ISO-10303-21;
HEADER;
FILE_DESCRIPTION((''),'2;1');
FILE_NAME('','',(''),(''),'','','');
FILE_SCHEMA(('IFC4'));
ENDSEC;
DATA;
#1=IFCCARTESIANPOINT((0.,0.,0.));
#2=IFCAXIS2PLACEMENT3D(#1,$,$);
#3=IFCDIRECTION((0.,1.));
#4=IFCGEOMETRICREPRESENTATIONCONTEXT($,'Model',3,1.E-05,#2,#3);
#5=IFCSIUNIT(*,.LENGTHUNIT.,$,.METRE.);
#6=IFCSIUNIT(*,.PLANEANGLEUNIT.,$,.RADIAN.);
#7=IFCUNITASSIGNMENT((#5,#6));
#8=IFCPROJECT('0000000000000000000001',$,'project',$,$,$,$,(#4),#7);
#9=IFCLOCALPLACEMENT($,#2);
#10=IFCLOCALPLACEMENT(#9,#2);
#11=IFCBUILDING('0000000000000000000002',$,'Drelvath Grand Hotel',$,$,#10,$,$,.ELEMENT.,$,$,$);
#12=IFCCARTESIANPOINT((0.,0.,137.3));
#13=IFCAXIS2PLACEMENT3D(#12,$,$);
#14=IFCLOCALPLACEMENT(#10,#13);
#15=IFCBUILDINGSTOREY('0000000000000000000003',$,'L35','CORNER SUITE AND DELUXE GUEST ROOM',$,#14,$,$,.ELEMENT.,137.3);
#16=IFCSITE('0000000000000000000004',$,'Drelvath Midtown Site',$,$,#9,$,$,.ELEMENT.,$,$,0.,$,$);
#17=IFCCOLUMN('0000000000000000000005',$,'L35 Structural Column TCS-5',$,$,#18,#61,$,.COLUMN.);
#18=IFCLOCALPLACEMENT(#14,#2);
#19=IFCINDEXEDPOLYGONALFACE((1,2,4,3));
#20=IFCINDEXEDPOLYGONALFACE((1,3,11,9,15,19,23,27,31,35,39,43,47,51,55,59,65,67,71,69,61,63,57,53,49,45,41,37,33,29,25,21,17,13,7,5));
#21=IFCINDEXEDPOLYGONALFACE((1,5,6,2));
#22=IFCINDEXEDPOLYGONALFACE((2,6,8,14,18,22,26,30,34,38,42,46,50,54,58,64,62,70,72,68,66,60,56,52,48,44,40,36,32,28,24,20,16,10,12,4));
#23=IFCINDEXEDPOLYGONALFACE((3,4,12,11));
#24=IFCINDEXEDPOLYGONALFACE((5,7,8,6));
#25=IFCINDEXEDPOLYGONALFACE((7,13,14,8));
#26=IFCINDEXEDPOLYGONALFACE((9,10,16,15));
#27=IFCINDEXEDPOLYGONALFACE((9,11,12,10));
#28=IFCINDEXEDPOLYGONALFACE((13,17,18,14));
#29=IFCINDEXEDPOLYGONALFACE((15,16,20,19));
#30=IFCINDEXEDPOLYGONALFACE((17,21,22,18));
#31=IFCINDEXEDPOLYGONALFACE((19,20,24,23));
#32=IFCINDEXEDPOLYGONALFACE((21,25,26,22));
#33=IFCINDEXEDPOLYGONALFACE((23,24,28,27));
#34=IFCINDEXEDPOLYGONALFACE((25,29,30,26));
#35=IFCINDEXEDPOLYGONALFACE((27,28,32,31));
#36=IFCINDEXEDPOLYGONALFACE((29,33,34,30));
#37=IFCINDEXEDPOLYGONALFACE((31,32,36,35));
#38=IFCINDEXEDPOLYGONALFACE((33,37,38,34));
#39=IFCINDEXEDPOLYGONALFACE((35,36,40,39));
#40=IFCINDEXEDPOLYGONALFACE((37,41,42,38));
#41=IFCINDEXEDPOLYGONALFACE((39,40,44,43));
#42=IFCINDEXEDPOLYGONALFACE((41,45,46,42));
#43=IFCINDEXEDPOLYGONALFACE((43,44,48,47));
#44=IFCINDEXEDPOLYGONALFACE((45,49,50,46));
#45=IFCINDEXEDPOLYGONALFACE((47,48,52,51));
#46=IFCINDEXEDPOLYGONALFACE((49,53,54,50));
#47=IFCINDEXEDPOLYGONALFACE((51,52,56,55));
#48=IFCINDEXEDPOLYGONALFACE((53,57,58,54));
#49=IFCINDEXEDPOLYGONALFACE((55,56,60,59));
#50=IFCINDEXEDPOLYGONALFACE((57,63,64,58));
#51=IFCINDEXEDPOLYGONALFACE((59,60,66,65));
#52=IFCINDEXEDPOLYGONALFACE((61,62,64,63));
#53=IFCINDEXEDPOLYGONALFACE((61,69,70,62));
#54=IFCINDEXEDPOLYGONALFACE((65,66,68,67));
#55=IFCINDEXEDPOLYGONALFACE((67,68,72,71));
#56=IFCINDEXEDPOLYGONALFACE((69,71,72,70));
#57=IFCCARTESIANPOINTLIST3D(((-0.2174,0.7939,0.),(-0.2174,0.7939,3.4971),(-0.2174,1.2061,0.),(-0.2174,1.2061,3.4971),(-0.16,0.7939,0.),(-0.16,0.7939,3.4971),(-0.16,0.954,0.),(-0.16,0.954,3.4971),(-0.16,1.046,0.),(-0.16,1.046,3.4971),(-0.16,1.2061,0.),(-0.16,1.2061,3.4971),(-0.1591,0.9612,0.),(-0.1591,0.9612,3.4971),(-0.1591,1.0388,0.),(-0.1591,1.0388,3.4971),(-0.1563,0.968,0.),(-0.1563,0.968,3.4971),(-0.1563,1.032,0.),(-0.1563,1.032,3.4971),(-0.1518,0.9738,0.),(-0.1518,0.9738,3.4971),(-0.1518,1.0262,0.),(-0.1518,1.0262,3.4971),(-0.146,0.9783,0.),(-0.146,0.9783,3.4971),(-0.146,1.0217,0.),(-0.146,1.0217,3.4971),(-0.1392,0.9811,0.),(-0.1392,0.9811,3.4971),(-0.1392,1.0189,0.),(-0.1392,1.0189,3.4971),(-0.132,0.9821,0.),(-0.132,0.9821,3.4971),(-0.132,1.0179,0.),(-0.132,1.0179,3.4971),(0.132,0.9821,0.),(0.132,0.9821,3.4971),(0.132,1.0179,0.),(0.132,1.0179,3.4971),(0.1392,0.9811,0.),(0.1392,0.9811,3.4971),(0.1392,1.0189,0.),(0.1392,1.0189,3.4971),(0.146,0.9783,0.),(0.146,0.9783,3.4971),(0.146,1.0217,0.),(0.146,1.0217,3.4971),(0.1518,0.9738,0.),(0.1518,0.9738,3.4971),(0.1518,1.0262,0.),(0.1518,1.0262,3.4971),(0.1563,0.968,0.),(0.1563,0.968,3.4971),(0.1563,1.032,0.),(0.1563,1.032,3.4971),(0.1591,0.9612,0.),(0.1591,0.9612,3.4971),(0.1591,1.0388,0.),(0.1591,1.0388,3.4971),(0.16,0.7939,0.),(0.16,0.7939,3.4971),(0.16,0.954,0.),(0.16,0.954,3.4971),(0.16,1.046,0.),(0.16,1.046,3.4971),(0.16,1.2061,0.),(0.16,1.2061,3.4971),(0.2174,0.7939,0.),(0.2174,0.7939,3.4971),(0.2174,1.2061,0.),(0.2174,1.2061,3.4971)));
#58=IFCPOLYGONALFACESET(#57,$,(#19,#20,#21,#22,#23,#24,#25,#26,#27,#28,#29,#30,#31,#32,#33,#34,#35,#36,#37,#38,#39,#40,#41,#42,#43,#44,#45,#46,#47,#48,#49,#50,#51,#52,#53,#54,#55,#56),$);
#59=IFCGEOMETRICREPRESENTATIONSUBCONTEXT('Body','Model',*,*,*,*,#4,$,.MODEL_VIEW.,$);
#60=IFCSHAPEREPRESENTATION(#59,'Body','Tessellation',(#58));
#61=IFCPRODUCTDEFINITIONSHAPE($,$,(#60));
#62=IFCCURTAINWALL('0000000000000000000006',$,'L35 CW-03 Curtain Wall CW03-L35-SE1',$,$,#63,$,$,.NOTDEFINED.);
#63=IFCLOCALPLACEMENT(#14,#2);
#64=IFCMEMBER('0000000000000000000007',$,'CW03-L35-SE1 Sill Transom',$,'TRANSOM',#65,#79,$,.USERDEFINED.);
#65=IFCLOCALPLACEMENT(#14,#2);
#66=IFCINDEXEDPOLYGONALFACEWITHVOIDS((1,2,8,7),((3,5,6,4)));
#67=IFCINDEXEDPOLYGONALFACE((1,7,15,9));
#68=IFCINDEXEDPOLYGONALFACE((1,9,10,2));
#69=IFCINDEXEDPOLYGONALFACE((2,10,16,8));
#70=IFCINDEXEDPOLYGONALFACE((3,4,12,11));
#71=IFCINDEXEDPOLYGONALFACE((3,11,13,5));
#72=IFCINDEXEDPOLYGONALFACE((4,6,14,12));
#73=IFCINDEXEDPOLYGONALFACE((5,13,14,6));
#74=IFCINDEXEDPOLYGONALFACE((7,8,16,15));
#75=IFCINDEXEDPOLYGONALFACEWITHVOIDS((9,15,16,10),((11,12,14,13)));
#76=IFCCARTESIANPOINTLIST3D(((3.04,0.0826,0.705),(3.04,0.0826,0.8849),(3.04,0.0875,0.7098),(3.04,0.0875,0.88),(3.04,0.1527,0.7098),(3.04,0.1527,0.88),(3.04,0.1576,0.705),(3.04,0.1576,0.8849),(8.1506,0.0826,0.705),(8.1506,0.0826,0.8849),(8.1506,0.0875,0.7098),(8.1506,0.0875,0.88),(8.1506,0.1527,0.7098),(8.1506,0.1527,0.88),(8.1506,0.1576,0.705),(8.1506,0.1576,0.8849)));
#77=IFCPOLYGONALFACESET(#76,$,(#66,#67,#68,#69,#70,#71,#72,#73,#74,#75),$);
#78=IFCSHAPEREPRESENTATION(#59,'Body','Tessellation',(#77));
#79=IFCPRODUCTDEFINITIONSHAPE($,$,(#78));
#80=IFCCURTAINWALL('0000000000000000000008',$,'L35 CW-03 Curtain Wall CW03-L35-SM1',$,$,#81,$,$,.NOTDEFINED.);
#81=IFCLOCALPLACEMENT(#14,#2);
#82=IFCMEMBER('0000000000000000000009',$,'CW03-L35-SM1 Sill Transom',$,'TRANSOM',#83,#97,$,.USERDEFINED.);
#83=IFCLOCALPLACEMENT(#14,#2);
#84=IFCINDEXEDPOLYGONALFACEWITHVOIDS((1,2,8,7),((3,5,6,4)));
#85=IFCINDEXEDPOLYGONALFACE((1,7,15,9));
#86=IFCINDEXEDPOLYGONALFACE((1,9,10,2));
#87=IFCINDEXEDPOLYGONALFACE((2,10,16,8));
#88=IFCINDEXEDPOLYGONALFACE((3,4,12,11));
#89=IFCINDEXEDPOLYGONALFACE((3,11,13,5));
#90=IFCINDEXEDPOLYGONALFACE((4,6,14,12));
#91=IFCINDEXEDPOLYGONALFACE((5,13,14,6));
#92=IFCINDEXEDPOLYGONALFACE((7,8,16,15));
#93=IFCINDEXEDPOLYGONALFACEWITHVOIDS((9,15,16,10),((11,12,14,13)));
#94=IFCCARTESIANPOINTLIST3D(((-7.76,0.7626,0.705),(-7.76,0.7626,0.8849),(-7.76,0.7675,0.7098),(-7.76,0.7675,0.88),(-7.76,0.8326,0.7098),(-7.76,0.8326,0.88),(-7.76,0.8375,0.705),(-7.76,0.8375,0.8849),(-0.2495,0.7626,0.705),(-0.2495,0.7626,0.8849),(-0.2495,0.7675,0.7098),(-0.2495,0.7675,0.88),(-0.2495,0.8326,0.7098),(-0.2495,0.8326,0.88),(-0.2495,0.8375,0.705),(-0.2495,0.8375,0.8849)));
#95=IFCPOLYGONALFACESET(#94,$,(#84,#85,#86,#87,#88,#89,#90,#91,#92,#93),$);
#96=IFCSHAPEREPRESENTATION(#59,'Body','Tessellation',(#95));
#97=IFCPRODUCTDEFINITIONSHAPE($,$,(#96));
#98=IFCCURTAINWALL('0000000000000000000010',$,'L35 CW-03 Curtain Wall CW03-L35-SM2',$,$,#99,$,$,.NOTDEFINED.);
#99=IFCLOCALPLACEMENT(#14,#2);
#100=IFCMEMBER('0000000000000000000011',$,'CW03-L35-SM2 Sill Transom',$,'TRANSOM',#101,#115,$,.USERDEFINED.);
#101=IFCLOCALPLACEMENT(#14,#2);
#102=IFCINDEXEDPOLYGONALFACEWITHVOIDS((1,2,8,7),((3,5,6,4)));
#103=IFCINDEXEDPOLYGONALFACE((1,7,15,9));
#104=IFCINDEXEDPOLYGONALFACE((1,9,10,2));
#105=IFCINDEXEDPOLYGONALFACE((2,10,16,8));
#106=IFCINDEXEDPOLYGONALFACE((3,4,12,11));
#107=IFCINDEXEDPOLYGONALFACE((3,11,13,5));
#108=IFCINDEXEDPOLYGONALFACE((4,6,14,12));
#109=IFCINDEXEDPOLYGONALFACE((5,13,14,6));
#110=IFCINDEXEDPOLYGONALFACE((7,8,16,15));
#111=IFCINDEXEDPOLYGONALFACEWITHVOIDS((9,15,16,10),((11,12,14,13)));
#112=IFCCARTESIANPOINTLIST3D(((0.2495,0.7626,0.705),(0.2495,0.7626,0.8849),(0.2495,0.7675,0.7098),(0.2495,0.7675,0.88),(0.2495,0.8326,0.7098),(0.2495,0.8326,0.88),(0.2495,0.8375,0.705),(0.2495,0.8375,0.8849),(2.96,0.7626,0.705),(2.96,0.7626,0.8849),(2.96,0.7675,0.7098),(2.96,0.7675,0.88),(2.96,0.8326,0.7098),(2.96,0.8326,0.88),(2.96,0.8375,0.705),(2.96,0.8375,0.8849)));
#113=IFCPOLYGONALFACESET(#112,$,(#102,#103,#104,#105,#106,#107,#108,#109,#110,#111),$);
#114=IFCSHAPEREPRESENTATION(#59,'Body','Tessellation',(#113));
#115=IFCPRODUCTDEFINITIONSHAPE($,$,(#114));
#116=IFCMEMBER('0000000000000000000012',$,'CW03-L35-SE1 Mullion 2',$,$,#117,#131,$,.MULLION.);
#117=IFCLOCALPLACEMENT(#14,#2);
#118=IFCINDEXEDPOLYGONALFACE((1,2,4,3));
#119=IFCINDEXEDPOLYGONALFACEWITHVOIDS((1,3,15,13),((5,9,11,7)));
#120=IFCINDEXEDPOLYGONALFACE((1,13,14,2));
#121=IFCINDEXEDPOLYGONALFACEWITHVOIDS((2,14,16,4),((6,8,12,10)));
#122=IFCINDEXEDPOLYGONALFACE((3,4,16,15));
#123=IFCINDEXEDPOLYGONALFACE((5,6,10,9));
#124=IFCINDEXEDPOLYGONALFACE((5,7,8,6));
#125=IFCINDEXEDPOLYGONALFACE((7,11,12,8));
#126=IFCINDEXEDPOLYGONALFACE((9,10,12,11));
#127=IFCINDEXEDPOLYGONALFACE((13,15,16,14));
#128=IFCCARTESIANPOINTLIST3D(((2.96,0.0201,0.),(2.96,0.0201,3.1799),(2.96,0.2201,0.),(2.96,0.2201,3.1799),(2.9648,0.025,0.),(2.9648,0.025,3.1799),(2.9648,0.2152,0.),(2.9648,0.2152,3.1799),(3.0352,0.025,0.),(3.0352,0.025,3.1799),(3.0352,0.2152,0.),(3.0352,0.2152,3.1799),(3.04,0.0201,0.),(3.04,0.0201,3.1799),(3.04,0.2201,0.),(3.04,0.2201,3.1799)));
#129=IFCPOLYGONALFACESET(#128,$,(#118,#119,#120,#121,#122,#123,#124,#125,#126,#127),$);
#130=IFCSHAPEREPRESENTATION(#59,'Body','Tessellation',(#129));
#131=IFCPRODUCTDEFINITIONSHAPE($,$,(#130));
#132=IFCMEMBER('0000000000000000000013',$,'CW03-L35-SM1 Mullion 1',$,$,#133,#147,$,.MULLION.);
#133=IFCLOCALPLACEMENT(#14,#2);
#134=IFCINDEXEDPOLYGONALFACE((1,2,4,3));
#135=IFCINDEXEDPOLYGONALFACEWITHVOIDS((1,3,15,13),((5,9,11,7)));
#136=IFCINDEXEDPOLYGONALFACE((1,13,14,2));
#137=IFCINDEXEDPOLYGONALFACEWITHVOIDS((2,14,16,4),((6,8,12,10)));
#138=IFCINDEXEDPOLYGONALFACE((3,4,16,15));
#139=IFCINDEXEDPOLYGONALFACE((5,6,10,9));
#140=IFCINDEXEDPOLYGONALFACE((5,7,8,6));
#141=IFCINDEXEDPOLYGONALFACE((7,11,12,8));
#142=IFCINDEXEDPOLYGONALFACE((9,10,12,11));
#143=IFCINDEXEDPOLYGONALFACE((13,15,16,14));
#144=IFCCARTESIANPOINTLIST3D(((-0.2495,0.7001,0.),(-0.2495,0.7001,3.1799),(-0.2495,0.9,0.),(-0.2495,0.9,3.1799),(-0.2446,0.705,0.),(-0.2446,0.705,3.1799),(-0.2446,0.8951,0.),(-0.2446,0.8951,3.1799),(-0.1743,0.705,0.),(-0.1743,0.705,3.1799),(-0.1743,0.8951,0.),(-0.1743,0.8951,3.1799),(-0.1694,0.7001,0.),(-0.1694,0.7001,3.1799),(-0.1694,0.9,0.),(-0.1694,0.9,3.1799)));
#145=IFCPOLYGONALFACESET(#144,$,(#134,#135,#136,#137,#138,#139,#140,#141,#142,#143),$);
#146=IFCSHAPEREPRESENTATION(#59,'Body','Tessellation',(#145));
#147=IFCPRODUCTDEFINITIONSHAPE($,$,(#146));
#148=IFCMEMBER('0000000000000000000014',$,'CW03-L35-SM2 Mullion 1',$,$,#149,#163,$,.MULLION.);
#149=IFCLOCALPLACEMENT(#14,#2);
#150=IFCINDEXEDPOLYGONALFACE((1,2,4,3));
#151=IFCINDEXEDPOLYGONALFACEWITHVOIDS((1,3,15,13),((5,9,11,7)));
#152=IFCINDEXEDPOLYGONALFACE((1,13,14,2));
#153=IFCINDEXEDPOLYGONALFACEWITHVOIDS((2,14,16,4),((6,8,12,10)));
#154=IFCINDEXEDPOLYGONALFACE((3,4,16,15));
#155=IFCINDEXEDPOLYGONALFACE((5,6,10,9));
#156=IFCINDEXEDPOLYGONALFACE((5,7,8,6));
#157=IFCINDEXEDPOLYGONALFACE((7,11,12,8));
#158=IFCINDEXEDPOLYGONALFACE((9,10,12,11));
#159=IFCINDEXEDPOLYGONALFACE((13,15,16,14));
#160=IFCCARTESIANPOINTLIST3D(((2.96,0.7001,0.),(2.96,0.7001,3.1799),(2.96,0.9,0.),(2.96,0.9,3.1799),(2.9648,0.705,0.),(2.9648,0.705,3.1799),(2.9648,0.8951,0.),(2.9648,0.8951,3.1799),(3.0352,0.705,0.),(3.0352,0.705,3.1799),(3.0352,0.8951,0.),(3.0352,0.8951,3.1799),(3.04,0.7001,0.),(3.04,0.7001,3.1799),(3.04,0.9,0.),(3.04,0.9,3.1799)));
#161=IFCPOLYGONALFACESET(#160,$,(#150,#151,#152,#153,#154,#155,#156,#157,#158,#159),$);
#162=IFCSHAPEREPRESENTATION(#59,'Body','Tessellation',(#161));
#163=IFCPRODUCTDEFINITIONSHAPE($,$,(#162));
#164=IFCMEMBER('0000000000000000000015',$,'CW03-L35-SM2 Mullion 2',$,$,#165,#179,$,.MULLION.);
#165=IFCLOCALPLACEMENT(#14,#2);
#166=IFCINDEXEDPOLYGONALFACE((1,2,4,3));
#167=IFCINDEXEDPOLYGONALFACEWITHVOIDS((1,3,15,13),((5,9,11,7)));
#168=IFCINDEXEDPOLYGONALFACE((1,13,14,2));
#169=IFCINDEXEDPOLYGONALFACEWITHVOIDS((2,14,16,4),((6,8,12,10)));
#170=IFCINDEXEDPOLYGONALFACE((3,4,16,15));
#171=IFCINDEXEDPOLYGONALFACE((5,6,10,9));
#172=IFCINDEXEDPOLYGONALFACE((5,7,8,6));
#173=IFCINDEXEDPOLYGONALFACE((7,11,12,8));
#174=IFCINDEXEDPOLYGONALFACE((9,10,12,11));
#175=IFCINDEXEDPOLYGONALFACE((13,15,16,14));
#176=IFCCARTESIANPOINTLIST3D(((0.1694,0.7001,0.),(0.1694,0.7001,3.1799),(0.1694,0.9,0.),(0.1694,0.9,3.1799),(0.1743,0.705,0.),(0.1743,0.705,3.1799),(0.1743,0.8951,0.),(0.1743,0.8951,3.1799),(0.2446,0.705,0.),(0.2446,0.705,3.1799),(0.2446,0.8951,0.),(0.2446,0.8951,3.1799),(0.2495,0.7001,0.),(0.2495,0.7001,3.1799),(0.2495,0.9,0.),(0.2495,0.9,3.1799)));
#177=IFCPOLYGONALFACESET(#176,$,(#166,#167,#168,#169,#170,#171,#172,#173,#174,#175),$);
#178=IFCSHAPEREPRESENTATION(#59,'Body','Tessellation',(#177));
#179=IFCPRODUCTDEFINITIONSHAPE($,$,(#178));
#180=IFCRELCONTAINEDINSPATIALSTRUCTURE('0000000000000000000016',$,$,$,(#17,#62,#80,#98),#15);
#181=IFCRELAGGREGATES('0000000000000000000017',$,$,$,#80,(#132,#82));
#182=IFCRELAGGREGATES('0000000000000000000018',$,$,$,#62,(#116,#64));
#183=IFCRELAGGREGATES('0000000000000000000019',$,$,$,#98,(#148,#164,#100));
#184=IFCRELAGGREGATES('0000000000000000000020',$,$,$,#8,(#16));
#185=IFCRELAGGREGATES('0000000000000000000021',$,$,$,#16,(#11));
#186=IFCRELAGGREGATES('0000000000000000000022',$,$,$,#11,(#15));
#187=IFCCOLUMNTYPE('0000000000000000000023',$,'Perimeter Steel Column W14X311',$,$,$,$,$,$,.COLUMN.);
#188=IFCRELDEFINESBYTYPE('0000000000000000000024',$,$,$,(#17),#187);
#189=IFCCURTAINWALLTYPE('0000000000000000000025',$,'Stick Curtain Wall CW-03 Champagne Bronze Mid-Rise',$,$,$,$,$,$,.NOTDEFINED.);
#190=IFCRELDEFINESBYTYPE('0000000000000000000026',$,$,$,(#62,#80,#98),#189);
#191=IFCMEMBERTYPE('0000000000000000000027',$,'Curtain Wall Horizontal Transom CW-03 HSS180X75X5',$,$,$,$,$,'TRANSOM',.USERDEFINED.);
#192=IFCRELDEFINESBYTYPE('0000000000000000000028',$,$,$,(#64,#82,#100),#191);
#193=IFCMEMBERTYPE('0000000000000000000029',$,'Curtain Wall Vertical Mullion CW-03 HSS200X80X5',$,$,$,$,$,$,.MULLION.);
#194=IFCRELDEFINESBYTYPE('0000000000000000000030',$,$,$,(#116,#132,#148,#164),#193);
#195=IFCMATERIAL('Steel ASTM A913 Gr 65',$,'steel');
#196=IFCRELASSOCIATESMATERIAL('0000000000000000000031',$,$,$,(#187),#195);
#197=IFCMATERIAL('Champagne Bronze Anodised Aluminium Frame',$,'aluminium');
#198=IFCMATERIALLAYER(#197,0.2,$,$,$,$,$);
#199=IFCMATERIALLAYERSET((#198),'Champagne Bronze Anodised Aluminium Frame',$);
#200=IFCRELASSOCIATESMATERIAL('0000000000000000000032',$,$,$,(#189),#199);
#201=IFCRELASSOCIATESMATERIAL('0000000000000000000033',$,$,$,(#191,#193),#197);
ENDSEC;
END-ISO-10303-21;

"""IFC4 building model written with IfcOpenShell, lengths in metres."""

from ifc_helpers import new_model, si_unit, direction, frame, origin, origin_2d, place, context, subcontext, project, spatial, hollow_rectangle, i_section, extrude, material, layer, layer_set, material_profile, profile_set, type_object, element, aggregate, save


model = new_model("IFC4")

# Units and contexts
model_context = context("Model", 3, precision=1e-05, world=origin(), true_north=direction((0.0, 1.0)))
body_context = subcontext(model_context, "Body", "Model", "MODEL_VIEW")
ifc_project = project(units=[si_unit("LENGTHUNIT", "METRE"), si_unit("PLANEANGLEUNIT", "RADIAN")], contexts=[model_context])

# Site, building, storey
site_placement = place(None, origin())
site = spatial("IfcSite", under=ifc_project, at=site_placement, Name="Drelvath Midtown Site", CompositionType="ELEMENT", RefElevation=0.0)
building_placement = place(site_placement, origin())
building = spatial("IfcBuilding", under=site, at=building_placement, Name="Drelvath Grand Hotel", CompositionType="ELEMENT")
storey_placement = place(building_placement, frame((0.0, 0.0, 137.3)))
storey = spatial("IfcBuildingStorey", under=building, at=storey_placement, Name="L35", Description="CORNER SUITE AND DELUXE GUEST ROOM", CompositionType="ELEMENT", Elevation=137.3)

# Column
ifc_material_1 = material(Name="Steel ASTM A913 Gr 65", Category="steel")
ifc_material_profile_1 = material_profile(ifc_material_1, i_section(OverallWidth=0.4121, OverallDepth=0.4348, WebThickness=0.0359, FlangeThickness=0.0574, FilletRadius=0.0281, at=origin_2d()), Name="W14X311")
ifc_profile_set_1 = profile_set([ifc_material_profile_1], Name="Steel ASTM A913 Gr 65")
column_type = type_object("IfcColumnType", Name="Perimeter Steel Column W14X311", PredefinedType="COLUMN", material=ifc_profile_set_1)
column_placement = place(storey_placement, frame((0.0, 1.0, 0.0), z_axis=(0.0, 0.0, 1.0), x_axis=(0.0, 1.0, 0.0)))
element("IfcColumn", 1, at=column_placement, inside=storey, type_object=column_type, Name="L35 Structural Column TCS-5", PredefinedType="COLUMN", context=body_context, shape_type="SweptSolid", body=[
    extrude(i_section(OverallWidth=0.4121, OverallDepth=0.4348, WebThickness=0.0359, FlangeThickness=0.0574, FilletRadius=0.0281, at=origin_2d()), origin(), (0.0, 0.0, 1.0), 3.4971),
])

# Curtain walls, members
ifc_material_2 = material(Name="Champagne Bronze Anodised Aluminium Frame", Category="aluminium")
ifc_layer_1 = layer(ifc_material_2, 0.2)
ifc_layer_set_1 = layer_set([ifc_layer_1], Name="Champagne Bronze Anodised Aluminium Frame")
curtain_wall_type = type_object("IfcCurtainWallType", Name="Stick Curtain Wall CW-03 Champagne Bronze Mid-Rise", PredefinedType="NOTDEFINED", material=ifc_layer_set_1)
curtain_wall_1_placement = place(storey_placement, origin())
curtain_wall_1 = element("IfcCurtainWall", 2, at=curtain_wall_1_placement, inside=storey, type_object=curtain_wall_type, Name="L35 CW-03 Curtain Wall CW03-L35-SE1", PredefinedType="NOTDEFINED")
ifc_material_profile_2 = material_profile(ifc_material_2, hollow_rectangle(XDim=0.075, YDim=0.1799, WallThickness=0.0049, at=origin_2d()), Name="HSS180X75X5")
ifc_profile_set_2 = profile_set([ifc_material_profile_2], Name="Champagne Bronze Anodised Aluminium Frame")
member_type_1 = type_object("IfcMemberType", Name="Curtain Wall Horizontal Transom CW-03 HSS180X75X5", ElementType="TRANSOM", PredefinedType="USERDEFINED", material=ifc_profile_set_2)
member_1_placement = place(storey_placement, frame((8.1506, 0.1201, 0.7949), z_axis=(-1.0, 0.0, 0.0), x_axis=(0.0, -1.0, 0.0)))
member_1 = element("IfcMember", 3, at=member_1_placement, type_object=member_type_1, Name="CW03-L35-SE1 Sill Transom", ObjectType="TRANSOM", PredefinedType="USERDEFINED", context=body_context, shape_type="SweptSolid", body=[
    extrude(hollow_rectangle(XDim=0.075, YDim=0.1799, WallThickness=0.0049, at=origin_2d()), origin(), (0.0, 0.0, 1.0), 5.1106),
])
curtain_wall_2_placement = place(storey_placement, origin())
curtain_wall_2 = element("IfcCurtainWall", 4, at=curtain_wall_2_placement, inside=storey, type_object=curtain_wall_type, Name="L35 CW-03 Curtain Wall CW03-L35-SM1", PredefinedType="NOTDEFINED")
member_2_placement = place(storey_placement, frame((-0.2495, 0.8, 0.7949), z_axis=(-1.0, 0.0, 0.0), x_axis=(0.0, -1.0, 0.0)))
member_2 = element("IfcMember", 5, at=member_2_placement, type_object=member_type_1, Name="CW03-L35-SM1 Sill Transom", ObjectType="TRANSOM", PredefinedType="USERDEFINED", context=body_context, shape_type="SweptSolid", body=[
    extrude(hollow_rectangle(XDim=0.075, YDim=0.1799, WallThickness=0.0049, at=origin_2d()), origin(), (0.0, 0.0, 1.0), 7.5105),
])
curtain_wall_3_placement = place(storey_placement, origin())
curtain_wall_3 = element("IfcCurtainWall", 6, at=curtain_wall_3_placement, inside=storey, type_object=curtain_wall_type, Name="L35 CW-03 Curtain Wall CW03-L35-SM2", PredefinedType="NOTDEFINED")
member_3_placement = place(storey_placement, frame((2.96, 0.8, 0.7949), z_axis=(-1.0, 0.0, 0.0), x_axis=(0.0, -1.0, 0.0)))
member_3 = element("IfcMember", 7, at=member_3_placement, type_object=member_type_1, Name="CW03-L35-SM2 Sill Transom", ObjectType="TRANSOM", PredefinedType="USERDEFINED", context=body_context, shape_type="SweptSolid", body=[
    extrude(hollow_rectangle(XDim=0.075, YDim=0.1799, WallThickness=0.0049, at=origin_2d()), origin(), (0.0, 0.0, 1.0), 2.7104),
])

# Members
ifc_material_profile_3 = material_profile(ifc_material_2, hollow_rectangle(XDim=0.0801, YDim=0.2, WallThickness=0.0049, at=origin_2d()), Name="HSS200X80X5")
ifc_profile_set_3 = profile_set([ifc_material_profile_3], Name="Champagne Bronze Anodised Aluminium Frame")
member_type_2 = type_object("IfcMemberType", Name="Curtain Wall Vertical Mullion CW-03 HSS200X80X5", PredefinedType="MULLION", material=ifc_profile_set_3)
member_4_placement = place(storey_placement, frame((3.0, 0.1201, 0.0), z_axis=(0.0, 0.0, 1.0), x_axis=(1.0, 0.0, 0.0)))
member_4 = element("IfcMember", 8, at=member_4_placement, type_object=member_type_2, Name="CW03-L35-SE1 Mullion 2", PredefinedType="MULLION", context=body_context, shape_type="SweptSolid", body=[
    extrude(hollow_rectangle(XDim=0.0801, YDim=0.2, WallThickness=0.0049, at=origin_2d()), origin(), (0.0, 0.0, 1.0), 3.1799),
])
member_5_placement = place(storey_placement, frame((-0.2095, 0.8, 0.0), z_axis=(0.0, 0.0, 1.0), x_axis=(1.0, 0.0, 0.0)))
member_5 = element("IfcMember", 9, at=member_5_placement, type_object=member_type_2, Name="CW03-L35-SM1 Mullion 1", PredefinedType="MULLION", context=body_context, shape_type="SweptSolid", body=[
    extrude(hollow_rectangle(XDim=0.0801, YDim=0.2, WallThickness=0.0049, at=origin_2d()), origin(), (0.0, 0.0, 1.0), 3.1799),
])
aggregate(curtain_wall_2, [member_5, member_2])
member_6_placement = place(storey_placement, frame((3.0, 0.8, 0.0), z_axis=(0.0, 0.0, 1.0), x_axis=(1.0, 0.0, 0.0)))
member_6 = element("IfcMember", 10, at=member_6_placement, type_object=member_type_2, Name="CW03-L35-SM2 Mullion 1", PredefinedType="MULLION", context=body_context, shape_type="SweptSolid", body=[
    extrude(hollow_rectangle(XDim=0.0801, YDim=0.2, WallThickness=0.0049, at=origin_2d()), origin(), (0.0, 0.0, 1.0), 3.1799),
])
member_7_placement = place(storey_placement, frame((0.2095, 0.8, 0.0), z_axis=(0.0, 0.0, 1.0), x_axis=(1.0, 0.0, 0.0)))
member_7 = element("IfcMember", 11, at=member_7_placement, type_object=member_type_2, Name="CW03-L35-SM2 Mullion 2", PredefinedType="MULLION", context=body_context, shape_type="SweptSolid", body=[
    extrude(hollow_rectangle(XDim=0.0801, YDim=0.2, WallThickness=0.0049, at=origin_2d()), origin(), (0.0, 0.0, 1.0), 3.1799),
])

aggregate(curtain_wall_1, [member_4, member_1])
aggregate(curtain_wall_3, [member_6, member_7, member_3])

save(model, "model.ifc")
